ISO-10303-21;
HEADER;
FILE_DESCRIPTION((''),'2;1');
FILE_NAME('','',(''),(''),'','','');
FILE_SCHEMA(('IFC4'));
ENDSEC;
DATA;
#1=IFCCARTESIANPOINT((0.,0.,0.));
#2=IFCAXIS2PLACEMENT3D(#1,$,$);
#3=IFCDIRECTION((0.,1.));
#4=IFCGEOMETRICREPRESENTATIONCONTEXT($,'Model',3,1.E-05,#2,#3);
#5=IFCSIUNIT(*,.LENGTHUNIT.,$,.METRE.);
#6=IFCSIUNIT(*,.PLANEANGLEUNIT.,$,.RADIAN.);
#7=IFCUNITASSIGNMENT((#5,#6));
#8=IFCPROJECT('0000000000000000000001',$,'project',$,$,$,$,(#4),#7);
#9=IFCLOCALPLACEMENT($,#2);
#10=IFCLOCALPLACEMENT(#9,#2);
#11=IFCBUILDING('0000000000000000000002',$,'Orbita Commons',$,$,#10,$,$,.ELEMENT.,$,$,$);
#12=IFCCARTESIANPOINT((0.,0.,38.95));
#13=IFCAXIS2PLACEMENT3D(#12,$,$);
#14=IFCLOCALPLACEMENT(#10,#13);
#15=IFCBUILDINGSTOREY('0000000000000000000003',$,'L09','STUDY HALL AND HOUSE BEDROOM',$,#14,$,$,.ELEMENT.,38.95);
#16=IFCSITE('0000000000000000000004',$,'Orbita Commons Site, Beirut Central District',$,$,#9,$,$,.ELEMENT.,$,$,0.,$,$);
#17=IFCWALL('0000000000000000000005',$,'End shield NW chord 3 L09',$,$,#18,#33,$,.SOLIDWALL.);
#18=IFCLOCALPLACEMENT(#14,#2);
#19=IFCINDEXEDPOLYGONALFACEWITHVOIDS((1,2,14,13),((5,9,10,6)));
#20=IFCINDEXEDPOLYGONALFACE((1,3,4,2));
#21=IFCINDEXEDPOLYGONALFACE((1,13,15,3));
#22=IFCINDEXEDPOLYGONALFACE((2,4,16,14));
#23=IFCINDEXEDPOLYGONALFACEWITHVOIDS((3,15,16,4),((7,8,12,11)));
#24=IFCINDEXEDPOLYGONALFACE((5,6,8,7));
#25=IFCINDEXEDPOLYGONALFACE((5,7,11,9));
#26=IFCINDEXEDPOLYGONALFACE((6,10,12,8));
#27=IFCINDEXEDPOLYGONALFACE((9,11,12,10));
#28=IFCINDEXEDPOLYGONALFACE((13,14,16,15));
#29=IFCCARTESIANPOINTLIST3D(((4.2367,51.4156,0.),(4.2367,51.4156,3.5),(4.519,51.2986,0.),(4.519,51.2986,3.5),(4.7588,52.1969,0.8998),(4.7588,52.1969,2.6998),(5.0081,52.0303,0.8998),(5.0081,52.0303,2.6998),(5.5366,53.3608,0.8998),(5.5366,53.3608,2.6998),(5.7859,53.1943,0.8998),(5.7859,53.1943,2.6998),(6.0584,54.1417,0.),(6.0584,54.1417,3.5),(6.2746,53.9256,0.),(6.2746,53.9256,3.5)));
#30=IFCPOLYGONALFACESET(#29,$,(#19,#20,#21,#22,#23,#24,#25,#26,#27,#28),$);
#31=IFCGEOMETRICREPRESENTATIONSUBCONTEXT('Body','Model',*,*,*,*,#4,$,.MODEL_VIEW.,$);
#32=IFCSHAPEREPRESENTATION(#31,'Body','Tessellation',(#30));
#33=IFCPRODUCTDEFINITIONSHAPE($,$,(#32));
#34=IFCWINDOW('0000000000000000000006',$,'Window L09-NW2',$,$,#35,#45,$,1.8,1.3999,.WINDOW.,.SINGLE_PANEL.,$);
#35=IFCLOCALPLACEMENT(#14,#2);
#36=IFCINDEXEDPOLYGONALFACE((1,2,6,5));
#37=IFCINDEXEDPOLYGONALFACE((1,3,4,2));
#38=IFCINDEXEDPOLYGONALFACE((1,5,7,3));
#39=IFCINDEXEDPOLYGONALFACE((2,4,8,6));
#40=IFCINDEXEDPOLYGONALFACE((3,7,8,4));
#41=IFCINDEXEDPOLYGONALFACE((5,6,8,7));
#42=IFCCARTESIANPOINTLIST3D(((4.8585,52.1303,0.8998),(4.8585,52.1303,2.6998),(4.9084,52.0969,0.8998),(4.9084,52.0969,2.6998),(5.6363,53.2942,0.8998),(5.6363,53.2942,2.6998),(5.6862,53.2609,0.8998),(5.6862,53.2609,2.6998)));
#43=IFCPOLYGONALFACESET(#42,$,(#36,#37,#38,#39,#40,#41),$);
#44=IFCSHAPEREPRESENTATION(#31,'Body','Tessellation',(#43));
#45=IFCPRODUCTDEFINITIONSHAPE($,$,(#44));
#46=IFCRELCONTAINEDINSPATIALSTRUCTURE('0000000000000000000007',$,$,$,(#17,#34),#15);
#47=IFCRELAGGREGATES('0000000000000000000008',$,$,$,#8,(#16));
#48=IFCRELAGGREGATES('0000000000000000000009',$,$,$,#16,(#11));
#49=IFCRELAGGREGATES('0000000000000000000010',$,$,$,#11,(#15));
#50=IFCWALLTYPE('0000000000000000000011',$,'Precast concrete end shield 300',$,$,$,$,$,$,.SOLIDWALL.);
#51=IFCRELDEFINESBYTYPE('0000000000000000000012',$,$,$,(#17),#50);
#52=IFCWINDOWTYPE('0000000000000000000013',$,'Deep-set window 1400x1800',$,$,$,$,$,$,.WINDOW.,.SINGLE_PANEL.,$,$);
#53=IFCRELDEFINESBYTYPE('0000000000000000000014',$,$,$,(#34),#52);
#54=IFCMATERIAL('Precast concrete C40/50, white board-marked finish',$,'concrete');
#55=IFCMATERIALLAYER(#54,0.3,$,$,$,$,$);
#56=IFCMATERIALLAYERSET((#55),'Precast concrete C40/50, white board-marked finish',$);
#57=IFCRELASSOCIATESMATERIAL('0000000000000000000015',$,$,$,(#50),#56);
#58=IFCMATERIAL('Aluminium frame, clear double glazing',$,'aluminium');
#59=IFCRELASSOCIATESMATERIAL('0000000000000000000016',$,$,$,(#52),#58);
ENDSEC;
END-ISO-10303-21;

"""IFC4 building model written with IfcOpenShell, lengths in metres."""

from ifc_helpers import new_model, si_unit, direction, frame, frame_2d, origin, place, context, subcontext, project, spatial, polyline, rectangle, outline, extrude, material, layer, layer_set, type_object, element, fill, save


model = new_model("IFC4")

# Units and contexts
model_context = context("Model", 3, precision=1e-05, world=origin(), true_north=direction((0.0, 1.0)))
body_context = subcontext(model_context, "Body", "Model", "MODEL_VIEW")
ifc_project = project(units=[si_unit("LENGTHUNIT", "METRE"), si_unit("PLANEANGLEUNIT", "RADIAN")], contexts=[model_context])

# Site, building, storey
site_placement = place(None, origin())
site = spatial("IfcSite", under=ifc_project, at=site_placement, Name="Orbita Commons Site, Beirut Central District", CompositionType="ELEMENT", RefElevation=0.0)
building_placement = place(site_placement, origin())
building = spatial("IfcBuilding", under=site, at=building_placement, Name="Orbita Commons", CompositionType="ELEMENT")
storey_placement = place(building_placement, frame((0.0, 0.0, 38.95)))
storey = spatial("IfcBuildingStorey", under=building, at=storey_placement, Name="L09", Description="STUDY HALL AND HOUSE BEDROOM", CompositionType="ELEMENT", Elevation=38.95)

# Wall, opening, window
ifc_material_1 = material(Name="Precast concrete C40/50, white board-marked finish", Category="concrete")
ifc_layer_1 = layer(ifc_material_1, 0.3)
ifc_layer_set_1 = layer_set([ifc_layer_1], Name="Precast concrete C40/50, white board-marked finish")
wall_type_1 = type_object("IfcWallType", Name="Precast concrete end shield 300", PredefinedType="SOLIDWALL", material=ifc_layer_set_1)
ifc_material_2 = material(Name="Aluminium frame, clear double glazing", Category="aluminium")
window_type = type_object("IfcWindowType", Name="Deep-set window 1400x1800", PartitioningType="SINGLE_PANEL", PredefinedType="WINDOW", material=ifc_material_2)
wall_1_placement = place(storey_placement, frame((6.1665, 54.0337, 0.0), z_axis=(0.0, 0.0, 1.0), x_axis=(-0.55561, -0.831443, 0.0)))
wall_1 = element("IfcWall", 1, at=wall_1_placement, inside=storey, type_object=wall_type_1, Name="End shield NW chord 3 L09", PredefinedType="SOLIDWALL", context=body_context, shape_type="SweptSolid", body=[
    extrude(outline(polyline([(-0.0298, -0.1499), (3.249, -0.1499), (3.1895, 0.1499), (0.0298, 0.1499), (-0.0298, -0.1499)])), origin(), (0.0, 0.0, 1.0), 3.5),
])
opening_1_placement = place(wall_1_placement, frame((0.9094, 0.0, 0.8999)))
opening_1 = element("IfcOpeningElement", 2, at=opening_1_placement, cuts=wall_1, PredefinedType="OPENING", context=body_context, shape_type="SweptSolid", body=[
    extrude(rectangle(XDim=1.3999, YDim=1.8, at=frame_2d((0.7, 0.8999))), frame((0.0, 0.1599, 0.0), z_axis=(0.0, -1.0, 0.0), x_axis=(1.0, 0.0, 0.0)), (0.0, 0.0, 1.0), 0.3201),
])
window_1_placement = place(opening_1_placement, origin())
window_1 = element("IfcWindow", 3, at=window_1_placement, inside=storey, type_object=window_type, Name="Window L09-NW2", OverallHeight=1.8, OverallWidth=1.3999, PartitioningType="SINGLE_PANEL", PredefinedType="WINDOW", context=body_context, shape_type="SweptSolid", body=[
    extrude(rectangle(XDim=1.3999, YDim=1.8, at=frame_2d((0.7, 0.8999))), frame((0.0, 0.03, 0.0), z_axis=(0.0, -1.0, 0.0), x_axis=(1.0, 0.0, 0.0)), (0.0, 0.0, 1.0), 0.0601),
])
fill(opening_1, window_1)

save(model, "model.ifc")
